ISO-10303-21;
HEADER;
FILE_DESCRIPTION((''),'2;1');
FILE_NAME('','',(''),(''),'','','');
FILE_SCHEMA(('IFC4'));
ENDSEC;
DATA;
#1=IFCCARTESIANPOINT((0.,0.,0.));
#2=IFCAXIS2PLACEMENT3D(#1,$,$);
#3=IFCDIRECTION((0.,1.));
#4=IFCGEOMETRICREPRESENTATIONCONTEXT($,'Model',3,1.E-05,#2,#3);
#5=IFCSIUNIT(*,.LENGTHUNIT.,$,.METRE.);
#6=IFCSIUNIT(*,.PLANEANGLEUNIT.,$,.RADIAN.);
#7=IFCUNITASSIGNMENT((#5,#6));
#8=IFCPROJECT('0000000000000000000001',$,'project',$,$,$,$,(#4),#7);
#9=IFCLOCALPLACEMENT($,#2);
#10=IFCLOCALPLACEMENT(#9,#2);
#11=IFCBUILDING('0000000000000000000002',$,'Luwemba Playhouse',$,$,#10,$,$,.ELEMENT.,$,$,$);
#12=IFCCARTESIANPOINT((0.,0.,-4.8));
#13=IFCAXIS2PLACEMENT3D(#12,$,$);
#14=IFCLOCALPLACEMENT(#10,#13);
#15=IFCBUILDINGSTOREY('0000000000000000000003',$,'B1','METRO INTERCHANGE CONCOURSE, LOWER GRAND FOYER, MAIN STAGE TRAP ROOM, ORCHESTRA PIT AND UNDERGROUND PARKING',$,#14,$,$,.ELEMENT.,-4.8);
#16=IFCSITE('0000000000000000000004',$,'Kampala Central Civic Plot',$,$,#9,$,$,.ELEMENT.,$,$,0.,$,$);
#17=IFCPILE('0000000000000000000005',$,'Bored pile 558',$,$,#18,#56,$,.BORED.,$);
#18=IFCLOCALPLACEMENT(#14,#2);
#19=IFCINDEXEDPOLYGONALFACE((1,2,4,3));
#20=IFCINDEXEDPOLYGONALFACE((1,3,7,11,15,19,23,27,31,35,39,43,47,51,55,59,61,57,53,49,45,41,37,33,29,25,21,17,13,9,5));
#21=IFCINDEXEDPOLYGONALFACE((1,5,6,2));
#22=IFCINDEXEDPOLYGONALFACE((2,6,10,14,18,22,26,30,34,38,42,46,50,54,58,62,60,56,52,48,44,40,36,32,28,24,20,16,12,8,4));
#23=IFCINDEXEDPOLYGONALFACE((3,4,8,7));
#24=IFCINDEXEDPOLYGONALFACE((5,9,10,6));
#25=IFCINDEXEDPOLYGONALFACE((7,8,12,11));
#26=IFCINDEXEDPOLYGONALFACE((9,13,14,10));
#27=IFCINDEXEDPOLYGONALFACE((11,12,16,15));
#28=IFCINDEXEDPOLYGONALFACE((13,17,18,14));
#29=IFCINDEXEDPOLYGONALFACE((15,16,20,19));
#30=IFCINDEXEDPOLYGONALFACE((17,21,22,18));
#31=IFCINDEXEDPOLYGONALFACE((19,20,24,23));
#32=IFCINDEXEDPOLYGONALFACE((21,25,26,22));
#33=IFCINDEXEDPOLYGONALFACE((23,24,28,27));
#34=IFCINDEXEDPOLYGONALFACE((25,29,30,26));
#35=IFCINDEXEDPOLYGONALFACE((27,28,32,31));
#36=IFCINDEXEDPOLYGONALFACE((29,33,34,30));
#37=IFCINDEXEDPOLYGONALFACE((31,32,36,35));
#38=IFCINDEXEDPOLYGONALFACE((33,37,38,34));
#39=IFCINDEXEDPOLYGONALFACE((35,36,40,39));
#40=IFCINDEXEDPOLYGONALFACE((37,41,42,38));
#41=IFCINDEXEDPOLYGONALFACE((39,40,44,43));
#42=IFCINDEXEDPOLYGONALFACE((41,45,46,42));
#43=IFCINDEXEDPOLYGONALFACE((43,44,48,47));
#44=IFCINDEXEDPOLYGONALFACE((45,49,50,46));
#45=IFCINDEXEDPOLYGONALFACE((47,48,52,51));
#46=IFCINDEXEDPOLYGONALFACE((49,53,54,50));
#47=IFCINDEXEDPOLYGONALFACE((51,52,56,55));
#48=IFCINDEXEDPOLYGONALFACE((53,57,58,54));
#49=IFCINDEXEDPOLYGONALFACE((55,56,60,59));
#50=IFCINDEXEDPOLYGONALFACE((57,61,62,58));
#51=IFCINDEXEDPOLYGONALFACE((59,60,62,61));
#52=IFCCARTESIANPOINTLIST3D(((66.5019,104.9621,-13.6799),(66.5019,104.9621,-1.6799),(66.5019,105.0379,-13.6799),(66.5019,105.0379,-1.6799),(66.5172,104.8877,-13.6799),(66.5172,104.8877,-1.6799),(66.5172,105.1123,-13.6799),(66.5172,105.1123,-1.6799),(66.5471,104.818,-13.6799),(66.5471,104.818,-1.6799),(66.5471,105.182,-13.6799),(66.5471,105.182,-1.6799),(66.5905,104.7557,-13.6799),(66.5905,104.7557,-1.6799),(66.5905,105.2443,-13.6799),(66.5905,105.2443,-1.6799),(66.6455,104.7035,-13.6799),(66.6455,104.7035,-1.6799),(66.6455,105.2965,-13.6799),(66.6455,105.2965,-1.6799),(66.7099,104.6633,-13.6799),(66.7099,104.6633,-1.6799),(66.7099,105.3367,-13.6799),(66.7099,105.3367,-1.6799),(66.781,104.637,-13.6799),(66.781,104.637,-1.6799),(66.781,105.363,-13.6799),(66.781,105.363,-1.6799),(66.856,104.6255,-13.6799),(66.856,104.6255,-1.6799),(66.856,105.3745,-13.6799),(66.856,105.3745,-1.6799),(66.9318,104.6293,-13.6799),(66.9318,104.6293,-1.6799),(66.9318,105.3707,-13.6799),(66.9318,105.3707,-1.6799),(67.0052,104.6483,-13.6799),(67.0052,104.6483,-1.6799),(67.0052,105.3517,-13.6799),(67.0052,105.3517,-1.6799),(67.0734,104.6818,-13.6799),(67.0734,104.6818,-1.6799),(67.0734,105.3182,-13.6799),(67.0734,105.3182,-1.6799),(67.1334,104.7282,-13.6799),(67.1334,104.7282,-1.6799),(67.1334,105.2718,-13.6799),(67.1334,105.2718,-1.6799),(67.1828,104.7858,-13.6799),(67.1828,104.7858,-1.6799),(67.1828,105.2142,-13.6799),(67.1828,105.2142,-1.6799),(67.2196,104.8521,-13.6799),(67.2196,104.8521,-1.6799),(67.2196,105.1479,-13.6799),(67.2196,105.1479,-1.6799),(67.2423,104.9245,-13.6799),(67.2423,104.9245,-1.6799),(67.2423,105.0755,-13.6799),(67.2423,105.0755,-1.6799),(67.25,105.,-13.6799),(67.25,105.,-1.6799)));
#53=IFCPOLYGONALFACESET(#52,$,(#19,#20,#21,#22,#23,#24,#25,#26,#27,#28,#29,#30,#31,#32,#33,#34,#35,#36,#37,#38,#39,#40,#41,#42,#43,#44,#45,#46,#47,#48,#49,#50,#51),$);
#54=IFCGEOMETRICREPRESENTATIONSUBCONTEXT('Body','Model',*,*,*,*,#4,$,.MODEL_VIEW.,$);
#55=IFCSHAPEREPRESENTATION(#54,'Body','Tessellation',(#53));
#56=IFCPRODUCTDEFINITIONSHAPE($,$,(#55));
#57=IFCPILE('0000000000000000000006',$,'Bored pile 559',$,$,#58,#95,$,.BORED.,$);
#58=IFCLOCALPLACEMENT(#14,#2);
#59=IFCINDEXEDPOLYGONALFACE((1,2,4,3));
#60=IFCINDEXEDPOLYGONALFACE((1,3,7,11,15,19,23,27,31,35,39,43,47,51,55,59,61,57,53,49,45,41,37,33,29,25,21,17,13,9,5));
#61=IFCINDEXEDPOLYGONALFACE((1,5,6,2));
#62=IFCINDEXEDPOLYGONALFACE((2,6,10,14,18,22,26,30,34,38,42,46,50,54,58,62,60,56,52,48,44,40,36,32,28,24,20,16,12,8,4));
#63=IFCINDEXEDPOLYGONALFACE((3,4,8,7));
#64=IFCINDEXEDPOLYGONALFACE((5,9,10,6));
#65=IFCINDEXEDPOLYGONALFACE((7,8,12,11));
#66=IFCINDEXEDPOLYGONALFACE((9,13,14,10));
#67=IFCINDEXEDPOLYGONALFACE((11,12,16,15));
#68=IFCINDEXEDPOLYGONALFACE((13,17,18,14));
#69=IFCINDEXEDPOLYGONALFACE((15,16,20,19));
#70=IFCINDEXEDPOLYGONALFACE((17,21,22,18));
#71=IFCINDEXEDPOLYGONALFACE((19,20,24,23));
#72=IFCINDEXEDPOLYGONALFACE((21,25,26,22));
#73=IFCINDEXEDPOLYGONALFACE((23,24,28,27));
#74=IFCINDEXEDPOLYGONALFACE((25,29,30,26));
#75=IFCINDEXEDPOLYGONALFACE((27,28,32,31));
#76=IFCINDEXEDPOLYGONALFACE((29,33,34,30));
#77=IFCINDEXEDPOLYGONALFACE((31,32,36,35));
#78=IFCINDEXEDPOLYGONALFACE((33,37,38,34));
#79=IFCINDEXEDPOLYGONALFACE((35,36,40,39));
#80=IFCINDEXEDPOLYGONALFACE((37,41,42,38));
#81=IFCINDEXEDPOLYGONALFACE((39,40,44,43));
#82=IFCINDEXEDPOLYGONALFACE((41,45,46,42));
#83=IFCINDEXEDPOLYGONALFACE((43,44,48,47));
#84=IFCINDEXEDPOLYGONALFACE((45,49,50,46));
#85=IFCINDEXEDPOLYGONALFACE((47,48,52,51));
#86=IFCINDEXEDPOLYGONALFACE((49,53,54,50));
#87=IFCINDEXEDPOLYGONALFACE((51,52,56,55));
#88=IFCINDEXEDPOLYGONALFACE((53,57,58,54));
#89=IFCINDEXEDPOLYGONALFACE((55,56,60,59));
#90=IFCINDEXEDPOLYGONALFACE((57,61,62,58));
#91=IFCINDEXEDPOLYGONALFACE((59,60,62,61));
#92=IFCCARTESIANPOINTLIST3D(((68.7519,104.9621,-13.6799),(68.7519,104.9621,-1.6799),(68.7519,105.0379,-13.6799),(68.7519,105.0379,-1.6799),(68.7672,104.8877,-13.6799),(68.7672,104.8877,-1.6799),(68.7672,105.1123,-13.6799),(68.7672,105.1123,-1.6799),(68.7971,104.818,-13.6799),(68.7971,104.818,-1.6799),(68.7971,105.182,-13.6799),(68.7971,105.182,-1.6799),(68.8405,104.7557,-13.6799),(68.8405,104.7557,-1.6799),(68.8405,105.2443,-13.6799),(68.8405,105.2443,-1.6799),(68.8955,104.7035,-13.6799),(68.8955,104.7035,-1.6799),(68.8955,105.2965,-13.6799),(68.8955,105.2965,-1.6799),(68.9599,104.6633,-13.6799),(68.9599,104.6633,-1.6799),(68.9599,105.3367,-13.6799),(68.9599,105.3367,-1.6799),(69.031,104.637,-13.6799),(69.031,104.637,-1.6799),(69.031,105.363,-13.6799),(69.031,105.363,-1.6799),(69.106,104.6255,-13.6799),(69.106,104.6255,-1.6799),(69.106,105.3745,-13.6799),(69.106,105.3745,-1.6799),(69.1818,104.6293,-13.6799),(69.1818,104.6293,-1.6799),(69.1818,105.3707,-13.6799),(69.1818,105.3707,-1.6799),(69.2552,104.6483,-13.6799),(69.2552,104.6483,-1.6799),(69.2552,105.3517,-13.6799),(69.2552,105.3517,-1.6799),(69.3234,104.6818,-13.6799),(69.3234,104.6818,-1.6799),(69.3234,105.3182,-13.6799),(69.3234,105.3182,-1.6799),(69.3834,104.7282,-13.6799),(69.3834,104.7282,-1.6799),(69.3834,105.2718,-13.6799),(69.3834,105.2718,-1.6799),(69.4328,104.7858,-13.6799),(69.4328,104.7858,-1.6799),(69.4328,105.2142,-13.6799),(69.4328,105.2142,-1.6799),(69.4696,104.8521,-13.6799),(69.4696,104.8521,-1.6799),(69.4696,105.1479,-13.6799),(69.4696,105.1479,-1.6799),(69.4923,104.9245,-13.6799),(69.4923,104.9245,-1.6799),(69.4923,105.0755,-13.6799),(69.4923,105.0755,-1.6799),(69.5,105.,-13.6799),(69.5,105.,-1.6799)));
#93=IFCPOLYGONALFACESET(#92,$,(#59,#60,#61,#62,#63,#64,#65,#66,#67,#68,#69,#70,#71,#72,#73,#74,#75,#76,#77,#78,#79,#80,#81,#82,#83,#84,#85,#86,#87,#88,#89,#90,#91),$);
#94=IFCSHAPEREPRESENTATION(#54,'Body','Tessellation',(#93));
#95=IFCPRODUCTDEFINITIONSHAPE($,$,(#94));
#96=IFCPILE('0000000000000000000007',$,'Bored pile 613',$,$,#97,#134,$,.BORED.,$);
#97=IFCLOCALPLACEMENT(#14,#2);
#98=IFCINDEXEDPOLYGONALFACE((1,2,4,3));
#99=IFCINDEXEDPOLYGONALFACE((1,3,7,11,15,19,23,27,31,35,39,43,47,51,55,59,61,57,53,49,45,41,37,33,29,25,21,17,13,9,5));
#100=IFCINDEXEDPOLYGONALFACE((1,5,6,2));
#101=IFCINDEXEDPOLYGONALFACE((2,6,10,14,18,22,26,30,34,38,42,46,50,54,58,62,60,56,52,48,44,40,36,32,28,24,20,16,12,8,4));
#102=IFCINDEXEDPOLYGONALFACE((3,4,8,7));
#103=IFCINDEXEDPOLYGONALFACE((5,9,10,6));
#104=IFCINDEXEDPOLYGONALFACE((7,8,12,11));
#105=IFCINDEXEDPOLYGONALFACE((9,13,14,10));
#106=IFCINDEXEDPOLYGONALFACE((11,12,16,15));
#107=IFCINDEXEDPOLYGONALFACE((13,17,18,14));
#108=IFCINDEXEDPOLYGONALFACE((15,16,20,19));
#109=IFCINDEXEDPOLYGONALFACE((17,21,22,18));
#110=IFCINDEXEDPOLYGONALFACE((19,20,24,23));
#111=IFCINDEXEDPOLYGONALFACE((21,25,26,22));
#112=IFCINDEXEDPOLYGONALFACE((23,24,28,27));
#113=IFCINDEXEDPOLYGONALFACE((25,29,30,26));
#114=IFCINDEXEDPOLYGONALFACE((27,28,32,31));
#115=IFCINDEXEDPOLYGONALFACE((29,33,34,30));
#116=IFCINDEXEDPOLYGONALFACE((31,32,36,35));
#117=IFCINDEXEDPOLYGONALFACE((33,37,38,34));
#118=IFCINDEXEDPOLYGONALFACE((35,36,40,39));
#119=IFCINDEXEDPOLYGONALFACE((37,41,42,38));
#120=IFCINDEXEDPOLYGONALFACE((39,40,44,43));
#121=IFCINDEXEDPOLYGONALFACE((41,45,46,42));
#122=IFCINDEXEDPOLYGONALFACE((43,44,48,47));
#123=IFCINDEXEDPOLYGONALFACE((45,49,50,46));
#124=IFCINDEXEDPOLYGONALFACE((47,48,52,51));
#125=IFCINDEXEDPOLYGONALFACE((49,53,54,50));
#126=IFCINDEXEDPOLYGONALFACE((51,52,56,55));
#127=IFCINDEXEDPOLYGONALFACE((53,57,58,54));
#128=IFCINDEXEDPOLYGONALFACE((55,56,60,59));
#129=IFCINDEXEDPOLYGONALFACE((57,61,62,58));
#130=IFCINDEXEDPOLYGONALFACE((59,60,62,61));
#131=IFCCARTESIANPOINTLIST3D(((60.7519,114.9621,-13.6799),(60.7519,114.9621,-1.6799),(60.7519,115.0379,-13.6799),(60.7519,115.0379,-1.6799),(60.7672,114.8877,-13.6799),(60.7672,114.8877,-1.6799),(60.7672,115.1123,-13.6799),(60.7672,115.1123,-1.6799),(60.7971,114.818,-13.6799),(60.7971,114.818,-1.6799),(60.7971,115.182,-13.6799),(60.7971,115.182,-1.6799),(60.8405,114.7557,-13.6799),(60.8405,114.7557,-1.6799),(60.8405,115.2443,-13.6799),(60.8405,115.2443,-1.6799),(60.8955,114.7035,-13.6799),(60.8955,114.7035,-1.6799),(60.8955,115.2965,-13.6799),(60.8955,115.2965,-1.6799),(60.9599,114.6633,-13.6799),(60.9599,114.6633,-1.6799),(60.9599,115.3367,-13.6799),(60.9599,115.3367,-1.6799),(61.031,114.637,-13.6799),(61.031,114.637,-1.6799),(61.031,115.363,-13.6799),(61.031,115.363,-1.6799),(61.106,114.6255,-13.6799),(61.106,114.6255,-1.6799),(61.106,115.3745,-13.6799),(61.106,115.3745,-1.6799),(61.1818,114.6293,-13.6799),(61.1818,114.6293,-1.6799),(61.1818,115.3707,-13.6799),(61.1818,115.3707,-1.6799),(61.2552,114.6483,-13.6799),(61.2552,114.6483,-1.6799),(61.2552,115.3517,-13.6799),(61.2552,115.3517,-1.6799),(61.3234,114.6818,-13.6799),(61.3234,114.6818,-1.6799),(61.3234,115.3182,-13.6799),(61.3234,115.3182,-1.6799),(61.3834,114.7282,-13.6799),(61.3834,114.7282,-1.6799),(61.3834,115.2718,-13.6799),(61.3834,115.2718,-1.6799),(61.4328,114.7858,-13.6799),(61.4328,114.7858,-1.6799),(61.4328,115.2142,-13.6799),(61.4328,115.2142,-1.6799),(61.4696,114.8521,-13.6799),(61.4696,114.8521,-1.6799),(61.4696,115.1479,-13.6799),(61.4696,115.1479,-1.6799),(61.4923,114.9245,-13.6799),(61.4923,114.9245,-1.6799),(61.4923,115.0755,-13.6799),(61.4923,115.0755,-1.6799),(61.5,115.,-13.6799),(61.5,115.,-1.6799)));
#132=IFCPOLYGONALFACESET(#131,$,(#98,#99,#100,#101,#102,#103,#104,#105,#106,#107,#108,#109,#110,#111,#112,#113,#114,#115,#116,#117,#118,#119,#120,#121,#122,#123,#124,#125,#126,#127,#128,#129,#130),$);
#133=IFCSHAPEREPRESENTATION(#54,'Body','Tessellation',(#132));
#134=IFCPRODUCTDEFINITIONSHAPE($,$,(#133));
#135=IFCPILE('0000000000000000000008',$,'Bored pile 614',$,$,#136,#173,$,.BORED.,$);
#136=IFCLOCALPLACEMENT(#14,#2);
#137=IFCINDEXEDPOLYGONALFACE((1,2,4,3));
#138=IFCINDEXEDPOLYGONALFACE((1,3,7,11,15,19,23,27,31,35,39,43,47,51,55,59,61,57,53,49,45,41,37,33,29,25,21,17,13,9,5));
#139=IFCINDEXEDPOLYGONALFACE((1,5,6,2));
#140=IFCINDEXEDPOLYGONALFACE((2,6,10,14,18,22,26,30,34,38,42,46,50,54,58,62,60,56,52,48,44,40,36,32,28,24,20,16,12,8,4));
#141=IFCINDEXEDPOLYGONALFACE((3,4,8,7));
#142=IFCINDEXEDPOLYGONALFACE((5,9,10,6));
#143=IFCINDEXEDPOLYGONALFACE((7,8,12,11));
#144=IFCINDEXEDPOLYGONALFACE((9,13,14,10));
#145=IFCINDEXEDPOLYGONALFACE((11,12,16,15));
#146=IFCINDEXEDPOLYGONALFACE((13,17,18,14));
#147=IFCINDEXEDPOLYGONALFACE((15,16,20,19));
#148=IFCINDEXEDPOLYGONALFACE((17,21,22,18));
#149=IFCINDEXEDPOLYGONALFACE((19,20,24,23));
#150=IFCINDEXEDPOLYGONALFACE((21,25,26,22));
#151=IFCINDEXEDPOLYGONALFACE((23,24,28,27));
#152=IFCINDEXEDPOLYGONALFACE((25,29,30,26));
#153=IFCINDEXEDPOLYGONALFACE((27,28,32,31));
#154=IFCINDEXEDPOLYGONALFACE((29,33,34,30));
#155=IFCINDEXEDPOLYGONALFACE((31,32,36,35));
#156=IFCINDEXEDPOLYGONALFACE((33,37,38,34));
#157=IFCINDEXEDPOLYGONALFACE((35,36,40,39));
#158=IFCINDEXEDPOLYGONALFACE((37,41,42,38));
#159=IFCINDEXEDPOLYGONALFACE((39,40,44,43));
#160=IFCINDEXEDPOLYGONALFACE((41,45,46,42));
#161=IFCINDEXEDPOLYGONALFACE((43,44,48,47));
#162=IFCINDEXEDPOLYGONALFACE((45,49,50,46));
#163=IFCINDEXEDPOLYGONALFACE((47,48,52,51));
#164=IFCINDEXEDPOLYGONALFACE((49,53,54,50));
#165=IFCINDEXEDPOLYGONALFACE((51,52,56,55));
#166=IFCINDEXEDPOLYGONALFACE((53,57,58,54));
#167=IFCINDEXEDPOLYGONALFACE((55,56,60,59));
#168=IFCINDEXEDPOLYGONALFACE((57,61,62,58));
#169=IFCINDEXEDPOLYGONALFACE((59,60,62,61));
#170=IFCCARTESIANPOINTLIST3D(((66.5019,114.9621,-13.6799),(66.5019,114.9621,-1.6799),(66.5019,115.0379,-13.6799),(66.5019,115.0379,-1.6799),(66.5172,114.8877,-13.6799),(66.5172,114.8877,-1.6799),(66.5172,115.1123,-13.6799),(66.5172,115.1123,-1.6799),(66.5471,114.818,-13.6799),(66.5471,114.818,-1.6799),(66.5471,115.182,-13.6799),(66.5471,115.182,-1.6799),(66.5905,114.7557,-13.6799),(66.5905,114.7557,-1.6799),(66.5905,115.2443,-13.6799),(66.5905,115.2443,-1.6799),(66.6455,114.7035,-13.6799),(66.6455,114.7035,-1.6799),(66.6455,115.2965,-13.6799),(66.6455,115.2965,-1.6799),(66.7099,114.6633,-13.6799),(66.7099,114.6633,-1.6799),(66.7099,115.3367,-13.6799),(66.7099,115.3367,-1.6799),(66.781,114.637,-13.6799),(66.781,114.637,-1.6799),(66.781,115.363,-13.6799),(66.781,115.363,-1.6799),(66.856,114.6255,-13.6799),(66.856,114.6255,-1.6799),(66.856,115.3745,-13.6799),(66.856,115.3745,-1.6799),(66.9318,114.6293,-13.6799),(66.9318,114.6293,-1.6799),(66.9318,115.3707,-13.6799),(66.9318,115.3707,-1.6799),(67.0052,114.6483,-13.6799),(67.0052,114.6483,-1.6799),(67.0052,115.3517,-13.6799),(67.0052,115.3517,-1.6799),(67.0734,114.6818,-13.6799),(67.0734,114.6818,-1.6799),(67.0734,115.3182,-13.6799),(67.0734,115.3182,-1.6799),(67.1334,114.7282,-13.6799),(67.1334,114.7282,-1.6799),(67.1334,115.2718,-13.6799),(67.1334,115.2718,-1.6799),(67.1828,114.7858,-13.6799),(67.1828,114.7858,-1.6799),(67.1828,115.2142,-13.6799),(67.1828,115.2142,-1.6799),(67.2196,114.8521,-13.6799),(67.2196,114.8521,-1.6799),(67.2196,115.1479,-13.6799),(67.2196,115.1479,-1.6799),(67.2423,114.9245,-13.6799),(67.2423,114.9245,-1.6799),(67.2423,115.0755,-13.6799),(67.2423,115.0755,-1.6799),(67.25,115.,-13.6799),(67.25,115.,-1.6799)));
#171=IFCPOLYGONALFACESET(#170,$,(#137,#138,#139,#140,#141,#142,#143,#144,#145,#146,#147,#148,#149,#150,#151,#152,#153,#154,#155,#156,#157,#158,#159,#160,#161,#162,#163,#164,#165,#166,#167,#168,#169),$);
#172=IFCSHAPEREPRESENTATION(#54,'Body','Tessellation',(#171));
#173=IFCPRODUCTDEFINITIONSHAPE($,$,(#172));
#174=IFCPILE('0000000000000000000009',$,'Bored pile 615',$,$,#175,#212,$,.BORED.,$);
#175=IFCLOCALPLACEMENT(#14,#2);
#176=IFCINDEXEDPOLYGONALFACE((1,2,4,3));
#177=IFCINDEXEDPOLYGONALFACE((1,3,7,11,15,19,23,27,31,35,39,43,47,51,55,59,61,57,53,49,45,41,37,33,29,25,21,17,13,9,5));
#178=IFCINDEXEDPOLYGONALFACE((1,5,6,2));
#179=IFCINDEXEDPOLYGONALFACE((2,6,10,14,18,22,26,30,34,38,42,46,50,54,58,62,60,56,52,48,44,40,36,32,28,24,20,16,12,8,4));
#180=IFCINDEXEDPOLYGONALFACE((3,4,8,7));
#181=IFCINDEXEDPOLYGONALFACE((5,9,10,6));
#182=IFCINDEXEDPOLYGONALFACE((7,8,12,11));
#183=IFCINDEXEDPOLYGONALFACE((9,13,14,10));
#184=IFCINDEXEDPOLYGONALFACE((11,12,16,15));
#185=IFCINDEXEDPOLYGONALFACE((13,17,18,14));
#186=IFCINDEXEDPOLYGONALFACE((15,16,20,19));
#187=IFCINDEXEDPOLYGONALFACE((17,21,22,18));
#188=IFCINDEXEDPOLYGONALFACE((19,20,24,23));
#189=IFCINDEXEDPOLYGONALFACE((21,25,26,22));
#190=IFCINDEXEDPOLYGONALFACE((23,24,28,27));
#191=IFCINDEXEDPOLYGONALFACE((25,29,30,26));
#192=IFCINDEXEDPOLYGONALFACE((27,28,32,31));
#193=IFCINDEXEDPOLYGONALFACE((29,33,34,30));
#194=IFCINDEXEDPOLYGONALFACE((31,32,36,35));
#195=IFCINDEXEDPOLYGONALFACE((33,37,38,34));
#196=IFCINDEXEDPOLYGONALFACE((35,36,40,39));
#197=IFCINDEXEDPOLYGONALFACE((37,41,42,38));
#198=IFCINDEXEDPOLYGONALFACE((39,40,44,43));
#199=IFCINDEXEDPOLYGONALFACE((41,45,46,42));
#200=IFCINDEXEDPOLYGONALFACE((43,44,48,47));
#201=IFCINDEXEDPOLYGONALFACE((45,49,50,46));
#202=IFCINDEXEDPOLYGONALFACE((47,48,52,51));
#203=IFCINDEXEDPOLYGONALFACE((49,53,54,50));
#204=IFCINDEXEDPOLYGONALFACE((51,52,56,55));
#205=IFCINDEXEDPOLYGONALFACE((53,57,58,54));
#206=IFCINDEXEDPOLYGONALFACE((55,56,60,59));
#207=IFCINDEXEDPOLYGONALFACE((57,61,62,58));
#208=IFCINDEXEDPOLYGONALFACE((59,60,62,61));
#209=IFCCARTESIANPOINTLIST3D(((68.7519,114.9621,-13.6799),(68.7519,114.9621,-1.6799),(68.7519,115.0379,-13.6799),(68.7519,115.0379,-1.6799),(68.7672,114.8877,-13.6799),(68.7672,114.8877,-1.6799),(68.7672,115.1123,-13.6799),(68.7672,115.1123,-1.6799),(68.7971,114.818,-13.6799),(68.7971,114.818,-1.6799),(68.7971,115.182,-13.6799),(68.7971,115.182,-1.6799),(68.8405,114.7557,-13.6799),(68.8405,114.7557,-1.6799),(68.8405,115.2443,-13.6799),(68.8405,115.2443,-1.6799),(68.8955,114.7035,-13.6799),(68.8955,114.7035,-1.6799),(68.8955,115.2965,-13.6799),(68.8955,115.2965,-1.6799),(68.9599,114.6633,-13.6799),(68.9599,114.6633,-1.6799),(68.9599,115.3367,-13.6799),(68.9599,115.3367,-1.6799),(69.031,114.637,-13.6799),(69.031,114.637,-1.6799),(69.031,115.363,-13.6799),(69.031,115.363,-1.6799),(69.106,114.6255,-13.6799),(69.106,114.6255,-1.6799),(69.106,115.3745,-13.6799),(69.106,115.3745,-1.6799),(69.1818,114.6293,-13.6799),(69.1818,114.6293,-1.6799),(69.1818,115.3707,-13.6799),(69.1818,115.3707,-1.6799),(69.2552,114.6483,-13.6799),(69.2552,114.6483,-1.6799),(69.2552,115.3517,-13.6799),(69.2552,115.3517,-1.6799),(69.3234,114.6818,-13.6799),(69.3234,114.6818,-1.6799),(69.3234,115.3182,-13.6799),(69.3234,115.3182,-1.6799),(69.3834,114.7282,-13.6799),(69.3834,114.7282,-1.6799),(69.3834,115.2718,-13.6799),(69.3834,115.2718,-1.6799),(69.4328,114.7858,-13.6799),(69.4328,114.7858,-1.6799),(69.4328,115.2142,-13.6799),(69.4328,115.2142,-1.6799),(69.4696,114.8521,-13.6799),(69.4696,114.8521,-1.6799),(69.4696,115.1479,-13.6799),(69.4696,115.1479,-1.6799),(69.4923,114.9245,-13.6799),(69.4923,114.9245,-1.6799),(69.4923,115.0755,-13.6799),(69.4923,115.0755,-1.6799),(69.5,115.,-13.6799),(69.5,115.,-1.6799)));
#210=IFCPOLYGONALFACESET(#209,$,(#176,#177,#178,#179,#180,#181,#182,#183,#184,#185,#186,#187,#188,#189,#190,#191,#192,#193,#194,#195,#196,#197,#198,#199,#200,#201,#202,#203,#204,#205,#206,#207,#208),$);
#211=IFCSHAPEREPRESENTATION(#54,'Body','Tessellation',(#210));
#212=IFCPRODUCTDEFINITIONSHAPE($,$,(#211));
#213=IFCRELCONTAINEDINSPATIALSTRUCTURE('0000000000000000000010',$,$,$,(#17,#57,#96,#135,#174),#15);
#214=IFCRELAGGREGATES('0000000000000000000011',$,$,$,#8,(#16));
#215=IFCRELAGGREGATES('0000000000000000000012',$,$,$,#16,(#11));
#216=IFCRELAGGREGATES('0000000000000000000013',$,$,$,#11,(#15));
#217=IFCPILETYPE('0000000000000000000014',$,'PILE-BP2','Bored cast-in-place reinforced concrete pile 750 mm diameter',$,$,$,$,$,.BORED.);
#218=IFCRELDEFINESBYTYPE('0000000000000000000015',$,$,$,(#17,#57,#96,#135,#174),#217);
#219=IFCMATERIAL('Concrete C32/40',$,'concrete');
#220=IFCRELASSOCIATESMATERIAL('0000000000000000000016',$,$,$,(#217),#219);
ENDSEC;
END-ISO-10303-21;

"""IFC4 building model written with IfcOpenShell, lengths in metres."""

from ifc_helpers import new_model, si_unit, direction, frame, origin, origin_2d, place, context, subcontext, project, spatial, circle, extrude, material, material_profile, profile_set, type_object, element, save


model = new_model("IFC4")

# Units and contexts
model_context = context("Model", 3, precision=1e-05, world=origin(), true_north=direction((0.0, 1.0)))
body_context = subcontext(model_context, "Body", "Model", "MODEL_VIEW")
ifc_project = project(units=[si_unit("LENGTHUNIT", "METRE"), si_unit("PLANEANGLEUNIT", "RADIAN")], contexts=[model_context])

# Site, building, storey
site_placement = place(None, origin())
site = spatial("IfcSite", under=ifc_project, at=site_placement, Name="Kampala Central Civic Plot", CompositionType="ELEMENT", RefElevation=0.0)
building_placement = place(site_placement, origin())
building = spatial("IfcBuilding", under=site, at=building_placement, Name="Luwemba Playhouse", CompositionType="ELEMENT")
storey_placement = place(building_placement, frame((0.0, 0.0, -4.8)))
storey = spatial("IfcBuildingStorey", under=building, at=storey_placement, Name="B1", Description="METRO INTERCHANGE CONCOURSE, LOWER GRAND FOYER, MAIN STAGE TRAP ROOM, ORCHESTRA PIT AND UNDERGROUND PARKING", CompositionType="ELEMENT", Elevation=-4.8)

# Shared definitions
ifc_material_1 = material(Name="Concrete C32/40", Category="concrete")

# Piles
ifc_material_profile_1 = material_profile(ifc_material_1, circle(Radius=0.375, at=origin_2d()))
ifc_profile_set_1 = profile_set([ifc_material_profile_1], Name="Concrete C32/40")
pile_type_1 = type_object("IfcPileType", Name="PILE-BP2", Description="Bored cast-in-place reinforced concrete pile 750 mm diameter", PredefinedType="BORED", material=ifc_profile_set_1)
for number, where, z_axis, x_axis, name in (
    (1, (66.875, 105.0, -1.6799), (0.0, 0.0, -1.0), (1.0, 0.0, 0.0), "Bored pile 558"),
    (2, (69.125, 105.0, -1.6799), (0.0, 0.0, -1.0), (1.0, 0.0, 0.0), "Bored pile 559"),
    (3, (61.125, 115.0, -1.6799), (0.0, 0.0, -1.0), (1.0, 0.0, 0.0), "Bored pile 613"),
    (4, (66.875, 115.0, -1.6799), (0.0, 0.0, -1.0), (1.0, 0.0, 0.0), "Bored pile 614"),
    (5, (69.125, 115.0, -1.6799), (0.0, 0.0, -1.0), (1.0, 0.0, 0.0), "Bored pile 615"),
):
    element("IfcPile", number, at=place(storey_placement, frame(where, z_axis=z_axis, x_axis=x_axis)), inside=storey, type_object=pile_type_1, Name=name, PredefinedType="BORED", context=body_context, shape_type="SweptSolid", body=[
        extrude(circle(Radius=0.375, at=origin_2d()), origin(), (0.0, 0.0, 1.0), 12.0),
    ])

save(model, "model.ifc")
